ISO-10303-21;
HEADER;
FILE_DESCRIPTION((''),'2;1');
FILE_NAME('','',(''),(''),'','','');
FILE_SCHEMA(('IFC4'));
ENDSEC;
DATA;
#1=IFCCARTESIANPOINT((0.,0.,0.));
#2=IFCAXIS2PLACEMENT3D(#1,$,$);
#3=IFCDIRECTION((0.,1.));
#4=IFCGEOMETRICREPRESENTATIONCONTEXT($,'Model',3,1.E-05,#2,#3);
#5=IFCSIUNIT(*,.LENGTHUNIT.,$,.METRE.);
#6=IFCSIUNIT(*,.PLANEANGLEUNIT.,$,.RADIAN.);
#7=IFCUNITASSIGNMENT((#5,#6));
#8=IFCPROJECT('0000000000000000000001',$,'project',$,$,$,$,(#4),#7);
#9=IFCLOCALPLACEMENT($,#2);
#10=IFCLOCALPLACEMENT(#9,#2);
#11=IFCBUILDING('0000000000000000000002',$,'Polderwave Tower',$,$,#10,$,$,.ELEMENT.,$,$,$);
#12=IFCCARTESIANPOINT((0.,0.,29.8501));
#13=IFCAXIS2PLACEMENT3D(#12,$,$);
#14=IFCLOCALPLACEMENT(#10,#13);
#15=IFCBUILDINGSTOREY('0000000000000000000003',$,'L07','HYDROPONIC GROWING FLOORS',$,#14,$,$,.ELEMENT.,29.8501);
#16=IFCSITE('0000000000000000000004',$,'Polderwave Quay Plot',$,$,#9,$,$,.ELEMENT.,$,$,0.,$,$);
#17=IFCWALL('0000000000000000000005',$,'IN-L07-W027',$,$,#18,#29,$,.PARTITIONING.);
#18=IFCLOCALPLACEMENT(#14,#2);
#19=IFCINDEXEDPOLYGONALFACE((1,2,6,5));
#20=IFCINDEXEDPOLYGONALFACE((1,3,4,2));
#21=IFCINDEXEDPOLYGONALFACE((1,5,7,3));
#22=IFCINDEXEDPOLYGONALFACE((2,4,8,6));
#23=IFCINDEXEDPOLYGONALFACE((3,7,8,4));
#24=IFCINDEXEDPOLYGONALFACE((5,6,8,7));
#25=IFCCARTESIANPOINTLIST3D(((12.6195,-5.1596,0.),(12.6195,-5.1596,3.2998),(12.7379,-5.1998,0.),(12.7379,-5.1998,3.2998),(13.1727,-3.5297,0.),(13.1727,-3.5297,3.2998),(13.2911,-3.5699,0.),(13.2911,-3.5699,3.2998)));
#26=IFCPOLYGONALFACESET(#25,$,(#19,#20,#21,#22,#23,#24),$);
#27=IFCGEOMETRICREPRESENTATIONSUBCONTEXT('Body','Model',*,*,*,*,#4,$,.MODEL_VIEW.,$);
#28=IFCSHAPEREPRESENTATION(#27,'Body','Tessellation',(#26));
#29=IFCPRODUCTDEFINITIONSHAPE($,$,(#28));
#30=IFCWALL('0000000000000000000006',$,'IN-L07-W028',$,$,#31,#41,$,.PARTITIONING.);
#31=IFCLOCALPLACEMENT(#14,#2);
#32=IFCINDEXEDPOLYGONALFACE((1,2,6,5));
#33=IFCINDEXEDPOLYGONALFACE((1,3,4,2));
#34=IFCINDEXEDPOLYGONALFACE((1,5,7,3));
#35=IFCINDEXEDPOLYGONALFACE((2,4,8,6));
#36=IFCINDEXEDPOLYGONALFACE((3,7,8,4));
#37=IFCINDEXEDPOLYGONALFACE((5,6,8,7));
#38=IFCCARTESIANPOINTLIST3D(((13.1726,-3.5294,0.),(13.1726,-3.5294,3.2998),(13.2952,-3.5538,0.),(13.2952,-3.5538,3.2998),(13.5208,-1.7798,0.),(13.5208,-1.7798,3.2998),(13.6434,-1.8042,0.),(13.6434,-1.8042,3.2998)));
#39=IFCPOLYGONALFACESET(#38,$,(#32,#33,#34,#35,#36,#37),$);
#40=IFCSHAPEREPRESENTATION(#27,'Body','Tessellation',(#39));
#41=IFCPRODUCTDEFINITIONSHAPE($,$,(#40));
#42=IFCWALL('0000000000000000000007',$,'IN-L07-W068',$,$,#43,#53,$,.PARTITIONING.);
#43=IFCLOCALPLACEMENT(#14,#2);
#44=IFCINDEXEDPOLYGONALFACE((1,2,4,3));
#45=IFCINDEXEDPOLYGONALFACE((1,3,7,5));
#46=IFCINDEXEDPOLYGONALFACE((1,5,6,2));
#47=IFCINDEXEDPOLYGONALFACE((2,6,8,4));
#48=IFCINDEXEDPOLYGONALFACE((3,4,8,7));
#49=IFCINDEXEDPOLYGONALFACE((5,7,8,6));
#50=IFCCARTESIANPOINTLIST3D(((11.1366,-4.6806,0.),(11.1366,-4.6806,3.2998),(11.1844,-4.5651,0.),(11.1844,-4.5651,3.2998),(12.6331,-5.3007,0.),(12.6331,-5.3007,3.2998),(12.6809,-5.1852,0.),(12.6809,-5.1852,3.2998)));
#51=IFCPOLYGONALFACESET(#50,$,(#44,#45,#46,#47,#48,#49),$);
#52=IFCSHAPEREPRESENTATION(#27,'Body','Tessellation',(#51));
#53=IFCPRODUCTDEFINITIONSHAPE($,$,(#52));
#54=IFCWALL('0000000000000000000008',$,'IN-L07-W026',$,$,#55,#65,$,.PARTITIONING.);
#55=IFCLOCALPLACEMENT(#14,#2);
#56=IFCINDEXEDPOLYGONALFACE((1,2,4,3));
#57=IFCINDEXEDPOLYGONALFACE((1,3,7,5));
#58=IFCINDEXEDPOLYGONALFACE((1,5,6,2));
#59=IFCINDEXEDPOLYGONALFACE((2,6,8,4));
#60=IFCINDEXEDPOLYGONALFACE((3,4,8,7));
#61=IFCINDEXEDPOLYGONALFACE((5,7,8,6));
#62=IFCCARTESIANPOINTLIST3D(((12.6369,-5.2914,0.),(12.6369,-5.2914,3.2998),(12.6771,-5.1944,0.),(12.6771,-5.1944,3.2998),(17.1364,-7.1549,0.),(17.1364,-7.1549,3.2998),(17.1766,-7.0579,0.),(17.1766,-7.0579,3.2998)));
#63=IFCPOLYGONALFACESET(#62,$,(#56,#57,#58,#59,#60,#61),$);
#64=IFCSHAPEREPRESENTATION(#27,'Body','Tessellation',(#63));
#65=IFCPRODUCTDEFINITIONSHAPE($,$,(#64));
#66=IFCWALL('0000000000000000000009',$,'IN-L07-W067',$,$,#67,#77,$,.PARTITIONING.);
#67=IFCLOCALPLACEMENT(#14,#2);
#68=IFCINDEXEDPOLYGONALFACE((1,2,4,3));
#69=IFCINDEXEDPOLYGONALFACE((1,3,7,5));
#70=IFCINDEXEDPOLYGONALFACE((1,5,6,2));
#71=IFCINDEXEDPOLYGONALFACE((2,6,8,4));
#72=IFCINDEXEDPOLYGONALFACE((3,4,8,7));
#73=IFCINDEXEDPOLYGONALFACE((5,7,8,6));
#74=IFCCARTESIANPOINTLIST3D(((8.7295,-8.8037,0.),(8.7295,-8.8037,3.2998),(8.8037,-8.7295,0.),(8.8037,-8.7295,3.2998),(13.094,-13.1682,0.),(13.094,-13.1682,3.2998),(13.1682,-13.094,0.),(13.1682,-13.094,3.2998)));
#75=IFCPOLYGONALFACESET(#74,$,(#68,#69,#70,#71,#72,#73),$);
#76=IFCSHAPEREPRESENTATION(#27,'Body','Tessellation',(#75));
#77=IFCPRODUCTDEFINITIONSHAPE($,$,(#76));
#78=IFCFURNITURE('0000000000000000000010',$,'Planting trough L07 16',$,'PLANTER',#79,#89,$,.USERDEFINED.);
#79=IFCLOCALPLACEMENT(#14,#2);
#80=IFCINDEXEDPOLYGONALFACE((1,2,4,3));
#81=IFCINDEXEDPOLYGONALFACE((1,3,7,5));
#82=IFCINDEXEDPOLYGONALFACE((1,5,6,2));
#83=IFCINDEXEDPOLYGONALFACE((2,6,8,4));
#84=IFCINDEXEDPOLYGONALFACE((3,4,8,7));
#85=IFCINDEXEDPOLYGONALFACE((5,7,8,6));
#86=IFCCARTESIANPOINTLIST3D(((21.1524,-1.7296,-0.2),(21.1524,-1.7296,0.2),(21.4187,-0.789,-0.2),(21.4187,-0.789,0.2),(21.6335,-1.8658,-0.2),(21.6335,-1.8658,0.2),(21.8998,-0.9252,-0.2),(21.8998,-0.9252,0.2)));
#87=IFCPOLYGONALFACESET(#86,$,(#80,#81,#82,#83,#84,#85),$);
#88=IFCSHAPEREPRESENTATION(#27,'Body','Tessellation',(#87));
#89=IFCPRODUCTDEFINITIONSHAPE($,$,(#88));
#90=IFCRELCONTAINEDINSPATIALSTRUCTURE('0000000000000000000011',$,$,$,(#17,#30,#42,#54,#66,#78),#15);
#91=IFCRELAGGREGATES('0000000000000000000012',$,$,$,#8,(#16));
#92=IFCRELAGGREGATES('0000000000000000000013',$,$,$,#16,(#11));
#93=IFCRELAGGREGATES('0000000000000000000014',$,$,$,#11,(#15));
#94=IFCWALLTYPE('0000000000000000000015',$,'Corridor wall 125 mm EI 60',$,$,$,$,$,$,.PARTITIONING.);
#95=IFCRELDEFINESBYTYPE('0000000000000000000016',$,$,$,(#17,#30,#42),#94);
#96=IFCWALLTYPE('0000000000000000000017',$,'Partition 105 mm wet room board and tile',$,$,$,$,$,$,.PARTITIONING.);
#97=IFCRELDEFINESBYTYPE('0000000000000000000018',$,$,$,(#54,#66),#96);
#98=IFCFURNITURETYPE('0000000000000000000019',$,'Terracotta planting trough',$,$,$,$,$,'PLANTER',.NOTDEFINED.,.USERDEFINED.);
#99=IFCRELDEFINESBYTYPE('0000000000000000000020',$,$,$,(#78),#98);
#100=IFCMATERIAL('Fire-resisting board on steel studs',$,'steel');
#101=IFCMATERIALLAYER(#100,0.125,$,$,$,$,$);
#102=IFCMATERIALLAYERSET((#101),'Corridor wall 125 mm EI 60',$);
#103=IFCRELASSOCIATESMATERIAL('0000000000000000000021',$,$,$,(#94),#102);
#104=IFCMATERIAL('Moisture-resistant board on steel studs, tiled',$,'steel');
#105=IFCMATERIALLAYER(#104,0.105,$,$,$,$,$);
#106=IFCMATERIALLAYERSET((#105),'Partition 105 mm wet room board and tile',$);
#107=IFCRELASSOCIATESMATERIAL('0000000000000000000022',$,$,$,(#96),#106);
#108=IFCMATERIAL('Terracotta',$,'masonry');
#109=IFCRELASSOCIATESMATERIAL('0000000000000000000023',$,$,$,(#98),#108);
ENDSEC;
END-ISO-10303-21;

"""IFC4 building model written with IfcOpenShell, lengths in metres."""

from ifc_helpers import new_model, si_unit, direction, frame, frame_2d, origin, origin_2d, place, context, subcontext, project, spatial, rectangle, extrude, material, layer, layer_set, type_object, element, save


model = new_model("IFC4")

# Units and contexts
model_context = context("Model", 3, precision=1e-05, world=origin(), true_north=direction((0.0, 1.0)))
body_context = subcontext(model_context, "Body", "Model", "MODEL_VIEW")
ifc_project = project(units=[si_unit("LENGTHUNIT", "METRE"), si_unit("PLANEANGLEUNIT", "RADIAN")], contexts=[model_context])

# Site, building, storey
site_placement = place(None, origin())
site = spatial("IfcSite", under=ifc_project, at=site_placement, Name="Polderwave Quay Plot", CompositionType="ELEMENT", RefElevation=0.0)
building_placement = place(site_placement, origin())
building = spatial("IfcBuilding", under=site, at=building_placement, Name="Polderwave Tower", CompositionType="ELEMENT")
storey_placement = place(building_placement, frame((0.0, 0.0, 29.8501)))
storey = spatial("IfcBuildingStorey", under=building, at=storey_placement, Name="L07", Description="HYDROPONIC GROWING FLOORS", CompositionType="ELEMENT", Elevation=29.8501)

# Shared definitions
ifc_material_1 = material(Name="Fire-resisting board on steel studs", Category="steel")
ifc_layer_1 = layer(ifc_material_1, 0.125)
ifc_layer_set_1 = layer_set([ifc_layer_1], Name="Corridor wall 125 mm EI 60")
wall_type_1 = type_object("IfcWallType", Name="Corridor wall 125 mm EI 60", PredefinedType="PARTITIONING", material=ifc_layer_set_1)

# Walls
wall_1_placement = place(storey_placement, frame((12.6787, -5.1797, 0.0), z_axis=(0.0, 0.0, 1.0), x_axis=(0.321414, 0.946939, 0.0)))
element("IfcWall", 1, at=wall_1_placement, inside=storey, type_object=wall_type_1, Name="IN-L07-W027", PredefinedType="PARTITIONING", context=body_context, shape_type="SweptSolid", body=[
    extrude(rectangle(XDim=1.7212, YDim=0.125, at=frame_2d((0.8606, 0.0))), origin(), (0.0, 0.0, 1.0), 3.2998),
])
wall_2_placement = place(storey_placement, frame((13.2339, -3.5417, 0.0), z_axis=(0.0, 0.0, 1.0), x_axis=(0.195169, 0.98077, 0.0)))
element("IfcWall", 2, at=wall_2_placement, inside=storey, type_object=wall_type_1, Name="IN-L07-W028", PredefinedType="PARTITIONING", context=body_context, shape_type="SweptSolid", body=[
    extrude(rectangle(XDim=1.7839, YDim=0.125, at=frame_2d((0.8921, 0.0))), origin(), (0.0, 0.0, 1.0), 3.2998),
])
wall_3_placement = place(storey_placement, frame((11.1604, -4.6228, 0.0), z_axis=(0.0, 0.0, 1.0), x_axis=(0.923833, -0.382795, 0.0)))
element("IfcWall", 3, at=wall_3_placement, inside=storey, type_object=wall_type_1, Name="IN-L07-W068", PredefinedType="PARTITIONING", context=body_context, shape_type="SweptSolid", body=[
    extrude(rectangle(XDim=1.6199, YDim=0.125, at=frame_2d((0.8101, 0.0))), origin(), (0.0, 0.0, 1.0), 3.2998),
])
ifc_material_2 = material(Name="Moisture-resistant board on steel studs, tiled", Category="steel")
ifc_layer_2 = layer(ifc_material_2, 0.105)
ifc_layer_set_2 = layer_set([ifc_layer_2], Name="Partition 105 mm wet room board and tile")
wall_type_2 = type_object("IfcWallType", Name="Partition 105 mm wet room board and tile", PredefinedType="PARTITIONING", material=ifc_layer_set_2)
wall_4_placement = place(storey_placement, frame((17.1565, -7.1064, 0.0), z_axis=(0.0, 0.0, 1.0), x_axis=(-0.923896, 0.382643, 0.0)))
element("IfcWall", 4, at=wall_4_placement, inside=storey, type_object=wall_type_2, Name="IN-L07-W026", PredefinedType="PARTITIONING", context=body_context, shape_type="SweptSolid", body=[
    extrude(rectangle(XDim=4.8701, YDim=0.105, at=frame_2d((2.4351, 0.0))), origin(), (0.0, 0.0, 1.0), 3.2998),
])
wall_5_placement = place(storey_placement, frame((8.7666, -8.7666, 0.0), z_axis=(0.0, 0.0, 1.0), x_axis=(0.707107, -0.707107, 0.0)))
element("IfcWall", 5, at=wall_5_placement, inside=storey, type_object=wall_type_2, Name="IN-L07-W067", PredefinedType="PARTITIONING", context=body_context, shape_type="SweptSolid", body=[
    extrude(rectangle(XDim=6.1724, YDim=0.105, at=frame_2d((3.0862, 0.0))), origin(), (0.0, 0.0, 1.0), 3.2998),
])

# Furniture
ifc_material_3 = material(Name="Terracotta", Category="masonry")
furniture_type = type_object("IfcFurnitureType", Name="Terracotta planting trough", ElementType="PLANTER", AssemblyPlace="NOTDEFINED", PredefinedType="USERDEFINED", material=ifc_material_3)
furniture_placement = place(storey_placement, frame((21.5261, -1.3274, -0.2), z_axis=(0.0, 0.0, 1.0), x_axis=(0.27242, 0.962179, 0.0)))
element("IfcFurniture", 6, at=furniture_placement, inside=storey, type_object=furniture_type, Name="Planting trough L07 16", ObjectType="PLANTER", PredefinedType="USERDEFINED", context=body_context, shape_type="SweptSolid", body=[
    extrude(rectangle(XDim=0.9775, YDim=0.5, at=origin_2d()), origin(), (0.0, 0.0, 1.0), 0.3999),
])

save(model, "model.ifc")
